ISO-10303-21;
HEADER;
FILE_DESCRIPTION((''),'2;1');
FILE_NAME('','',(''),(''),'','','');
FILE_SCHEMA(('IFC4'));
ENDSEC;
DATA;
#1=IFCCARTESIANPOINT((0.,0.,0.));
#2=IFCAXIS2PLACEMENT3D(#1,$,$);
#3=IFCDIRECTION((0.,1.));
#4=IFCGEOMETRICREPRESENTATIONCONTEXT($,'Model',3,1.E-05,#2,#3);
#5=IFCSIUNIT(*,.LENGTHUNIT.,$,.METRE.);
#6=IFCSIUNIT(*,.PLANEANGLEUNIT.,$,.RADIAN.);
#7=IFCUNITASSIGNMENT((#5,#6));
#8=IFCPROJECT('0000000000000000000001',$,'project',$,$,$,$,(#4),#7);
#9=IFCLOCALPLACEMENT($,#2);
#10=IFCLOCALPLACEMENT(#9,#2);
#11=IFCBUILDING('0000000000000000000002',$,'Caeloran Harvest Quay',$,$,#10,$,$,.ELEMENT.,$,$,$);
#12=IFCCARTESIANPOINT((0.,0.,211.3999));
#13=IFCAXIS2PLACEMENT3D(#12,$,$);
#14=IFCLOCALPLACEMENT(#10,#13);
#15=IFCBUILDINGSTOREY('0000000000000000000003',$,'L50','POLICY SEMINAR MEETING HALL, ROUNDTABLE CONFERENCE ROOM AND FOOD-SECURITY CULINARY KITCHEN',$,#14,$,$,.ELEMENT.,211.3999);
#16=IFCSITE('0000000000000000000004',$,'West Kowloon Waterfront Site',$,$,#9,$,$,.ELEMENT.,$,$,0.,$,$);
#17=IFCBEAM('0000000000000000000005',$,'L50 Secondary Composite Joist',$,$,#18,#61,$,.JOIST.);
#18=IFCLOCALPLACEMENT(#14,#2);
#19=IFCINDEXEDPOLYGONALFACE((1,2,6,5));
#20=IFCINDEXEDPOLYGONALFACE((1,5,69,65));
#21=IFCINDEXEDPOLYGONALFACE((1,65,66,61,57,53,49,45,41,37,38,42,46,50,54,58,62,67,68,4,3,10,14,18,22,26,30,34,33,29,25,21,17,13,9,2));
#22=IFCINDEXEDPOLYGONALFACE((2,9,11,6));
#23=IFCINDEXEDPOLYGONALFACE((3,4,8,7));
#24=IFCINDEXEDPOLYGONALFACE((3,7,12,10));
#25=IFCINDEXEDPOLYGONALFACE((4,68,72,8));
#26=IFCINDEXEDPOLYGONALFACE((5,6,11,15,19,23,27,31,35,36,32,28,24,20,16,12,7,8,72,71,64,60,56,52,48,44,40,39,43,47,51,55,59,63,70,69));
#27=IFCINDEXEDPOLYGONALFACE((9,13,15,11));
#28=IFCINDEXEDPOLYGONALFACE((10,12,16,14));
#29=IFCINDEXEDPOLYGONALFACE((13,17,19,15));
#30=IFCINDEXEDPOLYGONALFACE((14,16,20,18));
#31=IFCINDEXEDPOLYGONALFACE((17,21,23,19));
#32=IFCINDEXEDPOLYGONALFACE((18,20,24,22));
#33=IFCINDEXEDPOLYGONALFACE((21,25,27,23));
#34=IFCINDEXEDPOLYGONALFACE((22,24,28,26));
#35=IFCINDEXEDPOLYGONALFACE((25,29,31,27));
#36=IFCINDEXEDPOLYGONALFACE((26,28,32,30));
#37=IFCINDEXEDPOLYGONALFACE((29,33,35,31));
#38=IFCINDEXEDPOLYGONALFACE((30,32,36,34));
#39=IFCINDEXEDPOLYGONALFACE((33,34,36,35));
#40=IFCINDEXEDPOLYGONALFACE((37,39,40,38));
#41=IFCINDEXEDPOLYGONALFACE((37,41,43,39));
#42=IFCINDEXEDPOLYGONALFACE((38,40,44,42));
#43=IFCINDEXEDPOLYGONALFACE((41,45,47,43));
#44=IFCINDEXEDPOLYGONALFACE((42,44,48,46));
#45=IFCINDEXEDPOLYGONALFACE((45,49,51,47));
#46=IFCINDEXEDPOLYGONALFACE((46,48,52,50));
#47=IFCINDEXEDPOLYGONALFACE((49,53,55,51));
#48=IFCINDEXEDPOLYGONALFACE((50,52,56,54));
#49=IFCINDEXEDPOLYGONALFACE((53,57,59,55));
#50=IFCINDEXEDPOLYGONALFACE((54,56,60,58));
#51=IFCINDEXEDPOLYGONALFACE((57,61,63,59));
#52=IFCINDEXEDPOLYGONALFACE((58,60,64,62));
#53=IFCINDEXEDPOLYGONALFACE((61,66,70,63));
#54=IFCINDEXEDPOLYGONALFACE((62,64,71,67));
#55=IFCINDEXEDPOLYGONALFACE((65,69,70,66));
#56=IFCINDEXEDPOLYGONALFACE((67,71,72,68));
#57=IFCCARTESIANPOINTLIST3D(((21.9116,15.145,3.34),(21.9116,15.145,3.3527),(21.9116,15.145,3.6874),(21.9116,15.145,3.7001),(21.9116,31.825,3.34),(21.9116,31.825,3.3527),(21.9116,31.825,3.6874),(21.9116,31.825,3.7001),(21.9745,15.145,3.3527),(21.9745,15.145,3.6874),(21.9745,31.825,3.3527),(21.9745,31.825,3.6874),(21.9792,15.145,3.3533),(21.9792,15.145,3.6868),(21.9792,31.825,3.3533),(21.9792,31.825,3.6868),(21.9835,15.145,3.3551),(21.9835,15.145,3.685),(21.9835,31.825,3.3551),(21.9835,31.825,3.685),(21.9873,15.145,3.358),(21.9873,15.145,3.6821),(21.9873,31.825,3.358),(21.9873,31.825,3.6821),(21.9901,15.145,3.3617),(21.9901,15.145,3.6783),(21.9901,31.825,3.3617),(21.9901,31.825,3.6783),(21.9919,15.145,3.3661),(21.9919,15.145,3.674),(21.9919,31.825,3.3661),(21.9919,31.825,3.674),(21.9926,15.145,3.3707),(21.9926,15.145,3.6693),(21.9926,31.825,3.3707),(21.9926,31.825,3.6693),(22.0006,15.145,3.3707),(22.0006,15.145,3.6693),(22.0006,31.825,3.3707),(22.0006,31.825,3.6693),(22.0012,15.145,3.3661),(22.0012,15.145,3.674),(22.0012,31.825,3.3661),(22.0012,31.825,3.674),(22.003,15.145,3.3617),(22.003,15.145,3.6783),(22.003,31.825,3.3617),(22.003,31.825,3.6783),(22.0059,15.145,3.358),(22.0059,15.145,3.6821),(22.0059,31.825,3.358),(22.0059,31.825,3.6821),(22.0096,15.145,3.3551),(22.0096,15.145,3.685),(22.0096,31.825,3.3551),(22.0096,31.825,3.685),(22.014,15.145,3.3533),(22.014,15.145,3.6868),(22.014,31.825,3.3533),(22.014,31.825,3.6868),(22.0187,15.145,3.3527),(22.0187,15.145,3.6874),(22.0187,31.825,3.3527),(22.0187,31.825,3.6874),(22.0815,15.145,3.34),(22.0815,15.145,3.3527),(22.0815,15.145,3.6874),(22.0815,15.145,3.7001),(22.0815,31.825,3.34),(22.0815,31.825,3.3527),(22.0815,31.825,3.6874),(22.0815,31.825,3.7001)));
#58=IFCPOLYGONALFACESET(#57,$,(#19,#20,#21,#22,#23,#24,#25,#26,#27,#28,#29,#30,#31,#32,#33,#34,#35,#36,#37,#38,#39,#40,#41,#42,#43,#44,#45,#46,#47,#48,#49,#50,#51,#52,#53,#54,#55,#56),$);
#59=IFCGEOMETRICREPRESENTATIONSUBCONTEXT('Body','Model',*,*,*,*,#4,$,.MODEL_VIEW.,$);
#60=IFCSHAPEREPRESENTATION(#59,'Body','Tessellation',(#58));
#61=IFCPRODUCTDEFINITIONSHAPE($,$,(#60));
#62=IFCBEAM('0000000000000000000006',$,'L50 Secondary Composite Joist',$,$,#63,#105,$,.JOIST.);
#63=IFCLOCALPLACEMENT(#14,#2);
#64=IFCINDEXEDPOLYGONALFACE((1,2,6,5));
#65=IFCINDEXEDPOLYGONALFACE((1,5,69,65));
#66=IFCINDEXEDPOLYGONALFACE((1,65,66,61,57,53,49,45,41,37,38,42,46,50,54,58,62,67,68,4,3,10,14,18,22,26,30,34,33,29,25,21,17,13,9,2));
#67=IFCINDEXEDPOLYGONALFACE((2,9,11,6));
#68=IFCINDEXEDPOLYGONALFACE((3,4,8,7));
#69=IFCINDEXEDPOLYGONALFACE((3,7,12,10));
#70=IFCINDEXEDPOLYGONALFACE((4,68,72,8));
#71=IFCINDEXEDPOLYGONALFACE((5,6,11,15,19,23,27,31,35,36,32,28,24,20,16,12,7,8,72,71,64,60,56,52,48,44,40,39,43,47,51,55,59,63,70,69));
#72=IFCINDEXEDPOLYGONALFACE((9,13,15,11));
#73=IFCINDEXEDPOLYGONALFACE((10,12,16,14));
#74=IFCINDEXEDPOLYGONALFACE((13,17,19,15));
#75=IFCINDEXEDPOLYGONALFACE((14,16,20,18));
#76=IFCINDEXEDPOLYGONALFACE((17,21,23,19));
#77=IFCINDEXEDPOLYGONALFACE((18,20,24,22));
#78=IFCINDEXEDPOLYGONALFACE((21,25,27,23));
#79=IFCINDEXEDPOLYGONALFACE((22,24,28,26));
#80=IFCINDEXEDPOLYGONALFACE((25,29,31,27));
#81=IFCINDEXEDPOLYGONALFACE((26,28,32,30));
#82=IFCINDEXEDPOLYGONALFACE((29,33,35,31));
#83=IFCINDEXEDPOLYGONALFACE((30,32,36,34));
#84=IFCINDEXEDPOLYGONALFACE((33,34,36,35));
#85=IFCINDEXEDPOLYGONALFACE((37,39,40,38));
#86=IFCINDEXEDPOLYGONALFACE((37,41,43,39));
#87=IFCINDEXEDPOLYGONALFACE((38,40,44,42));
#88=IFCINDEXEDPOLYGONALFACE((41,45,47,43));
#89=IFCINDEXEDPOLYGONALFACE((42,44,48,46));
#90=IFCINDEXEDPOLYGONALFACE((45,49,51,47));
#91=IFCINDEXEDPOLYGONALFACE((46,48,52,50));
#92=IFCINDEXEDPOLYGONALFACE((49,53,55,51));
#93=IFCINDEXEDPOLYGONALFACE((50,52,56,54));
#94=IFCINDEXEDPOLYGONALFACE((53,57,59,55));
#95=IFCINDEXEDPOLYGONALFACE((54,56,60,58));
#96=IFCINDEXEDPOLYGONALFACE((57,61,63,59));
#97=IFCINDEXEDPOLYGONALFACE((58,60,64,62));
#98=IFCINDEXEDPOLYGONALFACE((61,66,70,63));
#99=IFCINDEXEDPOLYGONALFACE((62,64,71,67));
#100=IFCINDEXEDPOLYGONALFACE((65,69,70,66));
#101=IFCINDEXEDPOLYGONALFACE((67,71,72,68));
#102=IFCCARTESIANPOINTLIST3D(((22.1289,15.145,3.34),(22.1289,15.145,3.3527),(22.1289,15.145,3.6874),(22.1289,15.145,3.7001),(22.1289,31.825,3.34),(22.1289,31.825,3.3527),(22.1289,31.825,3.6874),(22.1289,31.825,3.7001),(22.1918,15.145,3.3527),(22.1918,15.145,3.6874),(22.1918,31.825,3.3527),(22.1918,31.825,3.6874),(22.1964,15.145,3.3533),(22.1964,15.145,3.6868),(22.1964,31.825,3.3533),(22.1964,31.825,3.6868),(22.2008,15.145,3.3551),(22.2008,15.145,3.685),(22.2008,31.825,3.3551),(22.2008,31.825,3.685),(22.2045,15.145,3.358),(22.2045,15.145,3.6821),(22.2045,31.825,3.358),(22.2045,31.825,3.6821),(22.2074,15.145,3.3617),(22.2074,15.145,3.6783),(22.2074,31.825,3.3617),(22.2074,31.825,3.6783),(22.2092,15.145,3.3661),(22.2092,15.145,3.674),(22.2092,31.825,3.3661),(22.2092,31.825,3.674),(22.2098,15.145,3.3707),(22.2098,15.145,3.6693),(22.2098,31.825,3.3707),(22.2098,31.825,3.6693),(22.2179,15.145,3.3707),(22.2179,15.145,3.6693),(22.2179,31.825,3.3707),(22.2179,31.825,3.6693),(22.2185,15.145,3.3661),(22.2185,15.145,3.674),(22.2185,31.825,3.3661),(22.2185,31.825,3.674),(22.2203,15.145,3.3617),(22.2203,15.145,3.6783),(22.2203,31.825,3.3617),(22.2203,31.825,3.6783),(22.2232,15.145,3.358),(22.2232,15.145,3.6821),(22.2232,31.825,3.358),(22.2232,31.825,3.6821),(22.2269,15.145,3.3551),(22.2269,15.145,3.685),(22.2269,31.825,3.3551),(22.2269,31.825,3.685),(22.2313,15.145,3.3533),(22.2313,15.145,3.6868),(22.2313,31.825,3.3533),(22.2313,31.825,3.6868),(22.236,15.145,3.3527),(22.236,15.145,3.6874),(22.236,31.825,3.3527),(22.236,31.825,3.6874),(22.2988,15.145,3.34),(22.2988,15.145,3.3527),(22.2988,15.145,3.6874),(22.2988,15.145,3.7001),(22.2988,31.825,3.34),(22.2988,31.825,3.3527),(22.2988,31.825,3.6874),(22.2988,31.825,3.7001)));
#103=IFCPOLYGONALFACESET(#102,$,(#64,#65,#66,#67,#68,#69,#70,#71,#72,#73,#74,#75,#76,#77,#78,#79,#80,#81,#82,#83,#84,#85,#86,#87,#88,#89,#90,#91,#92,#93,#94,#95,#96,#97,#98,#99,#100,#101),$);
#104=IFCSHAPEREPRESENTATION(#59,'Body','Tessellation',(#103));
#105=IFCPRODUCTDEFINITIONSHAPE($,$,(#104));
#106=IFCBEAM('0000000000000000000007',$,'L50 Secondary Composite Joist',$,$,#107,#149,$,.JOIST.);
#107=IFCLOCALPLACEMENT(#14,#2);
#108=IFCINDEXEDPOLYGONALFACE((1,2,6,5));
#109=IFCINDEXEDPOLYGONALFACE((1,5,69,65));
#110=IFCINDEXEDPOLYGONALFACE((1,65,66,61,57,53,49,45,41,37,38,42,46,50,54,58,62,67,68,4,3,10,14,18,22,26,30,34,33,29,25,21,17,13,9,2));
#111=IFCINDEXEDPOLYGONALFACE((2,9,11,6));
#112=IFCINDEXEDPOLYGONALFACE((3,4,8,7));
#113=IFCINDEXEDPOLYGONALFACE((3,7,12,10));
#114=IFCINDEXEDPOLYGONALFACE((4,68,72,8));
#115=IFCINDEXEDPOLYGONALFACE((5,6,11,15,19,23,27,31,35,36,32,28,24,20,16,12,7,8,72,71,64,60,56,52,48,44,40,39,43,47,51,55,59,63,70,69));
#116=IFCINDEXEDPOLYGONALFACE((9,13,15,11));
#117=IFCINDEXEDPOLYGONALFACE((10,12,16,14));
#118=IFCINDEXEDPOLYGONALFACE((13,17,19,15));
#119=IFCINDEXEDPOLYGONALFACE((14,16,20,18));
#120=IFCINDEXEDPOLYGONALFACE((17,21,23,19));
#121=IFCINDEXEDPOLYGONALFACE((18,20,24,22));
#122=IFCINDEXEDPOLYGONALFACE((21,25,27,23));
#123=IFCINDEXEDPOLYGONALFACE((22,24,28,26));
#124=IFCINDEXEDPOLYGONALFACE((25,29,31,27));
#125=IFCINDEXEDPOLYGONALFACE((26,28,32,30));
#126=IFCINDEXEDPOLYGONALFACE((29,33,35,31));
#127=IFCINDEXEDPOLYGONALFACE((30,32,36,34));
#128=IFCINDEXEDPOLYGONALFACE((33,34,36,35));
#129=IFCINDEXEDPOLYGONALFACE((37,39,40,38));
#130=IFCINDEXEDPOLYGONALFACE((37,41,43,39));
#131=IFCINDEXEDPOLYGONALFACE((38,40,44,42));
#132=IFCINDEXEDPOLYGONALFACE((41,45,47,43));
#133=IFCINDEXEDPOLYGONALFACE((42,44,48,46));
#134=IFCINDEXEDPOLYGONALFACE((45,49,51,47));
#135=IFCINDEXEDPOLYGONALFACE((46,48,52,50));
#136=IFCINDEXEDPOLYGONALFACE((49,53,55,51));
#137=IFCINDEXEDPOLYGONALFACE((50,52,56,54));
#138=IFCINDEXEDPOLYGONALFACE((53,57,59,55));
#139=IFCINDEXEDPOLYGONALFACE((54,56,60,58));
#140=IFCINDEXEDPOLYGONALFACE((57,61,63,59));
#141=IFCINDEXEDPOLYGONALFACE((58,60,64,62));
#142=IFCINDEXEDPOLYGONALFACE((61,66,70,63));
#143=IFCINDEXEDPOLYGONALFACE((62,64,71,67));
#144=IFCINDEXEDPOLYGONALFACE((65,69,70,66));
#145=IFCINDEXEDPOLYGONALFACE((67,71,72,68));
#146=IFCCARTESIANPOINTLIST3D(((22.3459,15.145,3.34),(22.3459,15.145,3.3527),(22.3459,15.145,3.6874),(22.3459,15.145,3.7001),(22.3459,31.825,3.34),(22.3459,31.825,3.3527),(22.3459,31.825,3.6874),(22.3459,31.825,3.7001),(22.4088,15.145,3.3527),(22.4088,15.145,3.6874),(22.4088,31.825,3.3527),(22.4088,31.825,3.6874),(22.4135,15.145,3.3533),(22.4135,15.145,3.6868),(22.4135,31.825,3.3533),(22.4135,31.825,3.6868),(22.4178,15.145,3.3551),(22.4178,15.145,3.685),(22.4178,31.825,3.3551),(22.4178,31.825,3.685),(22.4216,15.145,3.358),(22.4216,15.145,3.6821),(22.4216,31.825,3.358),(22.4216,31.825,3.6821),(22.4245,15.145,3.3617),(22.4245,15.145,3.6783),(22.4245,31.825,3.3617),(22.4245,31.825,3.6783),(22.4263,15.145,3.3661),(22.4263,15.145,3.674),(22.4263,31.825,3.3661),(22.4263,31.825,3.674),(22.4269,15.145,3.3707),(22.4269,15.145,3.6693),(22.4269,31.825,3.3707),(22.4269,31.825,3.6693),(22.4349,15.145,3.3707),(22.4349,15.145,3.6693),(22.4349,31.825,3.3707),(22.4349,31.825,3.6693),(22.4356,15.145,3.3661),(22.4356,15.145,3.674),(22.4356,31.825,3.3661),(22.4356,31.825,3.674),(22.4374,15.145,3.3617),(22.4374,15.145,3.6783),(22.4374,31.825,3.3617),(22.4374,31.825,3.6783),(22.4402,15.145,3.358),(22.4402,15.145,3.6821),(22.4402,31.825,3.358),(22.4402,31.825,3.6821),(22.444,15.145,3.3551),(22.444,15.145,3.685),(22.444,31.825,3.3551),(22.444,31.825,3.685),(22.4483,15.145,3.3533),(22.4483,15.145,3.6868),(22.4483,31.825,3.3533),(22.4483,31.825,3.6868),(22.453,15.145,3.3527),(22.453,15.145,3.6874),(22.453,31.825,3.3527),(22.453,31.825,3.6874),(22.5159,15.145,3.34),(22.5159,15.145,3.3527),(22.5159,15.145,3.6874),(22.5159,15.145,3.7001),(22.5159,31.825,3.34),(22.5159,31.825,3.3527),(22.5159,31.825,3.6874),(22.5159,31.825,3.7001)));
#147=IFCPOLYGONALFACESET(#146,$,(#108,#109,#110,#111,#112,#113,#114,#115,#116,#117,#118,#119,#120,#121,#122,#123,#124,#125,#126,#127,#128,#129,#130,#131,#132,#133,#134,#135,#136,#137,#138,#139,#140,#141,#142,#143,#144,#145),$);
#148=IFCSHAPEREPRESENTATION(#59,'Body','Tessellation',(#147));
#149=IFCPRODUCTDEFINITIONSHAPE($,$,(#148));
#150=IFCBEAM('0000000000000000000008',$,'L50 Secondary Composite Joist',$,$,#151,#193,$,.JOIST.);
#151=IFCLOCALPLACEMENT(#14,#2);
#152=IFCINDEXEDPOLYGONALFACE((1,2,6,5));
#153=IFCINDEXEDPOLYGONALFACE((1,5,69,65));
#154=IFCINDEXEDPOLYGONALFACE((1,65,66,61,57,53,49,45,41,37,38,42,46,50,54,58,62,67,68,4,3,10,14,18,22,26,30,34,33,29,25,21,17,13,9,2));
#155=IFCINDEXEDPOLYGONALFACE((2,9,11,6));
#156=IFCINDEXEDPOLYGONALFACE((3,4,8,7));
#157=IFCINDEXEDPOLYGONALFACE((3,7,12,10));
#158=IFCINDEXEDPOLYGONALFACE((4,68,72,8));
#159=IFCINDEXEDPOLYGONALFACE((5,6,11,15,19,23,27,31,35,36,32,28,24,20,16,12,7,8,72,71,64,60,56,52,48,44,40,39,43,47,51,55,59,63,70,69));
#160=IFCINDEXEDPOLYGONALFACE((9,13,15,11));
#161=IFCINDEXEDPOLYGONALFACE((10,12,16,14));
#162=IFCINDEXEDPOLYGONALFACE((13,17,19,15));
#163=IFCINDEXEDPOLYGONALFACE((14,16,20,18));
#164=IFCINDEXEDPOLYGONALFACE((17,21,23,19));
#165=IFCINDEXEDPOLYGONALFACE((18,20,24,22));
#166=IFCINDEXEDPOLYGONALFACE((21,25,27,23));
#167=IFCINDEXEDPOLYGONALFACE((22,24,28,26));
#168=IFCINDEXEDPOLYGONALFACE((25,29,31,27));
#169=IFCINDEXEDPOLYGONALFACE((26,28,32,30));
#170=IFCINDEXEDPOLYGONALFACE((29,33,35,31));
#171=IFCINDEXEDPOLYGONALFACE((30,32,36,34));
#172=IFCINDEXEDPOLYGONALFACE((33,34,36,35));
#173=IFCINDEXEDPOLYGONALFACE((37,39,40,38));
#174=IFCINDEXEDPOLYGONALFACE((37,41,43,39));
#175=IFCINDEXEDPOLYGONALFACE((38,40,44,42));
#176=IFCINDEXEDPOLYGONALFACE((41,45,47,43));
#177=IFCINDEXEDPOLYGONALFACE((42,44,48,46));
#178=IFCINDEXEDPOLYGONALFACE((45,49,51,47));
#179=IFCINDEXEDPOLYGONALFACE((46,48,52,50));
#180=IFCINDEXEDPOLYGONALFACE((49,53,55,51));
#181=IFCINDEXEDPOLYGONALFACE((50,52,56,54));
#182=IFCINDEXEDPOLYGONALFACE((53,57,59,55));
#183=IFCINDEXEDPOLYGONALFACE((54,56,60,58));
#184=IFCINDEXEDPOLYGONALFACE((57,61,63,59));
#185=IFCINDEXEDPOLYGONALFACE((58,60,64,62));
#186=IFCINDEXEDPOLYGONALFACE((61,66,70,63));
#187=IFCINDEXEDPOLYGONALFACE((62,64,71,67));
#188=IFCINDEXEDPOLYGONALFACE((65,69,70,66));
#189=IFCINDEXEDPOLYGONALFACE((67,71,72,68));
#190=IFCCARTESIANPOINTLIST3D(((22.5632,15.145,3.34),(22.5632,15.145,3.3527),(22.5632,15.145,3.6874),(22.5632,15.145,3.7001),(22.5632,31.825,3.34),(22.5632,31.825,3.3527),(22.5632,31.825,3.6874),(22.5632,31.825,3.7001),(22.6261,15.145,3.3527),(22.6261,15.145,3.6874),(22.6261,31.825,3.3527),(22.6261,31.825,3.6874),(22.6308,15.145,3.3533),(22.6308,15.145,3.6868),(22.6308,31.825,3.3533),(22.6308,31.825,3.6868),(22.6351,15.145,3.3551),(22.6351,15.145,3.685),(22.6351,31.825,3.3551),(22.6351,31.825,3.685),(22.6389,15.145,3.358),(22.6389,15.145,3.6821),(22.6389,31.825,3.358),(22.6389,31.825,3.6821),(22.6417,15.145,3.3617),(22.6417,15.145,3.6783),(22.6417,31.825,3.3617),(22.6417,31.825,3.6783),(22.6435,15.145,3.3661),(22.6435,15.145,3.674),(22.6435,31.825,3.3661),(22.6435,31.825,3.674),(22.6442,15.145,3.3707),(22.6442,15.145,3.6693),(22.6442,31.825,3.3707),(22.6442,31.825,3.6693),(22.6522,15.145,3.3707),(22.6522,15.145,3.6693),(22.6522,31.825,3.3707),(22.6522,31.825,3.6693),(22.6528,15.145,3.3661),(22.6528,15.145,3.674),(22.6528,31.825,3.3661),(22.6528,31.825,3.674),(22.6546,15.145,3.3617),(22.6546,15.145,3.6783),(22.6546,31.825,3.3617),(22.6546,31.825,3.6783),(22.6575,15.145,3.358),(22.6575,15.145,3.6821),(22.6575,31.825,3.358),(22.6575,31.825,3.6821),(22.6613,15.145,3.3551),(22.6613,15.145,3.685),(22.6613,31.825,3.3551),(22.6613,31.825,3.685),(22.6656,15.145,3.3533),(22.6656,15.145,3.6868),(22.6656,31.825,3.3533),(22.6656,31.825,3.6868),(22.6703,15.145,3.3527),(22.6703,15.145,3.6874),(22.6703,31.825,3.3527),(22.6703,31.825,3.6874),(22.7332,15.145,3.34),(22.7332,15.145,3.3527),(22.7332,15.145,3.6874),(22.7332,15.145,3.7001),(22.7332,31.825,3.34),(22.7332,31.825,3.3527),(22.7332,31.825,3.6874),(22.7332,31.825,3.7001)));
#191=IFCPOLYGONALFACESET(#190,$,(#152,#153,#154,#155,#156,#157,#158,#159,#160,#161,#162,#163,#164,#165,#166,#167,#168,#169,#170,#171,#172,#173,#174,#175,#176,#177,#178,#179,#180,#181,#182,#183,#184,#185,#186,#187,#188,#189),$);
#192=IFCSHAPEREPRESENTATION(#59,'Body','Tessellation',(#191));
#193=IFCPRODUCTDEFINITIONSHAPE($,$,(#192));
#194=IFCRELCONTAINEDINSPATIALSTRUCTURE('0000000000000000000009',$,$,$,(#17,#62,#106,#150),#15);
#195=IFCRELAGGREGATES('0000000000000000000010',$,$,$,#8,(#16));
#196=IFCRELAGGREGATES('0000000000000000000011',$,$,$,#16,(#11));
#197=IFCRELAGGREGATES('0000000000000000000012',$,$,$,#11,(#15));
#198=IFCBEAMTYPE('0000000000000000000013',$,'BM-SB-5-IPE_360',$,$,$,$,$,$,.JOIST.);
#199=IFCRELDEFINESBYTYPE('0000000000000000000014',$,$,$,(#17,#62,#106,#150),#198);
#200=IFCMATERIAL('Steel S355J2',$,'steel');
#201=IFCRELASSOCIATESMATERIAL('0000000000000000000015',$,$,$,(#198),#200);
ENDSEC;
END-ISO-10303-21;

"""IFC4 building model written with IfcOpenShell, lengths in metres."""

from ifc_helpers import new_model, si_unit, direction, frame, origin, origin_2d, place, context, subcontext, project, spatial, i_section, extrude, material, material_profile, profile_set, type_object, element, save


model = new_model("IFC4")

# Units and contexts
model_context = context("Model", 3, precision=1e-05, world=origin(), true_north=direction((0.0, 1.0)))
body_context = subcontext(model_context, "Body", "Model", "MODEL_VIEW")
ifc_project = project(units=[si_unit("LENGTHUNIT", "METRE"), si_unit("PLANEANGLEUNIT", "RADIAN")], contexts=[model_context])

# Site, building, storey
site_placement = place(None, origin())
site = spatial("IfcSite", under=ifc_project, at=site_placement, Name="West Kowloon Waterfront Site", CompositionType="ELEMENT", RefElevation=0.0)
building_placement = place(site_placement, origin())
building = spatial("IfcBuilding", under=site, at=building_placement, Name="Caeloran Harvest Quay", CompositionType="ELEMENT")
storey_placement = place(building_placement, frame((0.0, 0.0, 211.3999)))
storey = spatial("IfcBuildingStorey", under=building, at=storey_placement, Name="L50", Description="POLICY SEMINAR MEETING HALL, ROUNDTABLE CONFERENCE ROOM AND FOOD-SECURITY CULINARY KITCHEN", CompositionType="ELEMENT", Elevation=211.3999)

# Beams
ifc_material_1 = material(Name="Steel S355J2", Category="steel")
ifc_material_profile_1 = material_profile(ifc_material_1, i_section(OverallWidth=0.1699, OverallDepth=0.3601, WebThickness=0.0081, FlangeThickness=0.0127, FilletRadius=0.0181, at=origin_2d()), Name="IPE 360")
ifc_profile_set_1 = profile_set([ifc_material_profile_1], Name="Steel S355J2")
beam_type_1 = type_object("IfcBeamType", Name="BM-SB-5-IPE_360", PredefinedType="JOIST", material=ifc_profile_set_1)
for number, where, z_axis, x_axis, name in (
    (1, (21.9966, 15.145, 3.52), (0.0, 1.0, 0.0), (-1.0, 0.0, 0.0), "L50 Secondary Composite Joist"),
    (2, (22.2139, 15.145, 3.52), (0.0, 1.0, 0.0), (-1.0, 0.0, 0.0), "L50 Secondary Composite Joist"),
    (3, (22.4309, 15.145, 3.52), (0.0, 1.0, 0.0), (-1.0, 0.0, 0.0), "L50 Secondary Composite Joist"),
    (4, (22.6482, 15.145, 3.52), (0.0, 1.0, 0.0), (-1.0, 0.0, 0.0), "L50 Secondary Composite Joist"),
):
    element("IfcBeam", number, at=place(storey_placement, frame(where, z_axis=z_axis, x_axis=x_axis)), inside=storey, type_object=beam_type_1, Name=name, PredefinedType="JOIST", context=body_context, shape_type="SweptSolid", body=[
        extrude(i_section(OverallWidth=0.1699, OverallDepth=0.3601, WebThickness=0.0081, FlangeThickness=0.0127, FilletRadius=0.0181, at=origin_2d()), origin(), (0.0, 0.0, 1.0), 16.6799),
    ])

save(model, "model.ifc")
